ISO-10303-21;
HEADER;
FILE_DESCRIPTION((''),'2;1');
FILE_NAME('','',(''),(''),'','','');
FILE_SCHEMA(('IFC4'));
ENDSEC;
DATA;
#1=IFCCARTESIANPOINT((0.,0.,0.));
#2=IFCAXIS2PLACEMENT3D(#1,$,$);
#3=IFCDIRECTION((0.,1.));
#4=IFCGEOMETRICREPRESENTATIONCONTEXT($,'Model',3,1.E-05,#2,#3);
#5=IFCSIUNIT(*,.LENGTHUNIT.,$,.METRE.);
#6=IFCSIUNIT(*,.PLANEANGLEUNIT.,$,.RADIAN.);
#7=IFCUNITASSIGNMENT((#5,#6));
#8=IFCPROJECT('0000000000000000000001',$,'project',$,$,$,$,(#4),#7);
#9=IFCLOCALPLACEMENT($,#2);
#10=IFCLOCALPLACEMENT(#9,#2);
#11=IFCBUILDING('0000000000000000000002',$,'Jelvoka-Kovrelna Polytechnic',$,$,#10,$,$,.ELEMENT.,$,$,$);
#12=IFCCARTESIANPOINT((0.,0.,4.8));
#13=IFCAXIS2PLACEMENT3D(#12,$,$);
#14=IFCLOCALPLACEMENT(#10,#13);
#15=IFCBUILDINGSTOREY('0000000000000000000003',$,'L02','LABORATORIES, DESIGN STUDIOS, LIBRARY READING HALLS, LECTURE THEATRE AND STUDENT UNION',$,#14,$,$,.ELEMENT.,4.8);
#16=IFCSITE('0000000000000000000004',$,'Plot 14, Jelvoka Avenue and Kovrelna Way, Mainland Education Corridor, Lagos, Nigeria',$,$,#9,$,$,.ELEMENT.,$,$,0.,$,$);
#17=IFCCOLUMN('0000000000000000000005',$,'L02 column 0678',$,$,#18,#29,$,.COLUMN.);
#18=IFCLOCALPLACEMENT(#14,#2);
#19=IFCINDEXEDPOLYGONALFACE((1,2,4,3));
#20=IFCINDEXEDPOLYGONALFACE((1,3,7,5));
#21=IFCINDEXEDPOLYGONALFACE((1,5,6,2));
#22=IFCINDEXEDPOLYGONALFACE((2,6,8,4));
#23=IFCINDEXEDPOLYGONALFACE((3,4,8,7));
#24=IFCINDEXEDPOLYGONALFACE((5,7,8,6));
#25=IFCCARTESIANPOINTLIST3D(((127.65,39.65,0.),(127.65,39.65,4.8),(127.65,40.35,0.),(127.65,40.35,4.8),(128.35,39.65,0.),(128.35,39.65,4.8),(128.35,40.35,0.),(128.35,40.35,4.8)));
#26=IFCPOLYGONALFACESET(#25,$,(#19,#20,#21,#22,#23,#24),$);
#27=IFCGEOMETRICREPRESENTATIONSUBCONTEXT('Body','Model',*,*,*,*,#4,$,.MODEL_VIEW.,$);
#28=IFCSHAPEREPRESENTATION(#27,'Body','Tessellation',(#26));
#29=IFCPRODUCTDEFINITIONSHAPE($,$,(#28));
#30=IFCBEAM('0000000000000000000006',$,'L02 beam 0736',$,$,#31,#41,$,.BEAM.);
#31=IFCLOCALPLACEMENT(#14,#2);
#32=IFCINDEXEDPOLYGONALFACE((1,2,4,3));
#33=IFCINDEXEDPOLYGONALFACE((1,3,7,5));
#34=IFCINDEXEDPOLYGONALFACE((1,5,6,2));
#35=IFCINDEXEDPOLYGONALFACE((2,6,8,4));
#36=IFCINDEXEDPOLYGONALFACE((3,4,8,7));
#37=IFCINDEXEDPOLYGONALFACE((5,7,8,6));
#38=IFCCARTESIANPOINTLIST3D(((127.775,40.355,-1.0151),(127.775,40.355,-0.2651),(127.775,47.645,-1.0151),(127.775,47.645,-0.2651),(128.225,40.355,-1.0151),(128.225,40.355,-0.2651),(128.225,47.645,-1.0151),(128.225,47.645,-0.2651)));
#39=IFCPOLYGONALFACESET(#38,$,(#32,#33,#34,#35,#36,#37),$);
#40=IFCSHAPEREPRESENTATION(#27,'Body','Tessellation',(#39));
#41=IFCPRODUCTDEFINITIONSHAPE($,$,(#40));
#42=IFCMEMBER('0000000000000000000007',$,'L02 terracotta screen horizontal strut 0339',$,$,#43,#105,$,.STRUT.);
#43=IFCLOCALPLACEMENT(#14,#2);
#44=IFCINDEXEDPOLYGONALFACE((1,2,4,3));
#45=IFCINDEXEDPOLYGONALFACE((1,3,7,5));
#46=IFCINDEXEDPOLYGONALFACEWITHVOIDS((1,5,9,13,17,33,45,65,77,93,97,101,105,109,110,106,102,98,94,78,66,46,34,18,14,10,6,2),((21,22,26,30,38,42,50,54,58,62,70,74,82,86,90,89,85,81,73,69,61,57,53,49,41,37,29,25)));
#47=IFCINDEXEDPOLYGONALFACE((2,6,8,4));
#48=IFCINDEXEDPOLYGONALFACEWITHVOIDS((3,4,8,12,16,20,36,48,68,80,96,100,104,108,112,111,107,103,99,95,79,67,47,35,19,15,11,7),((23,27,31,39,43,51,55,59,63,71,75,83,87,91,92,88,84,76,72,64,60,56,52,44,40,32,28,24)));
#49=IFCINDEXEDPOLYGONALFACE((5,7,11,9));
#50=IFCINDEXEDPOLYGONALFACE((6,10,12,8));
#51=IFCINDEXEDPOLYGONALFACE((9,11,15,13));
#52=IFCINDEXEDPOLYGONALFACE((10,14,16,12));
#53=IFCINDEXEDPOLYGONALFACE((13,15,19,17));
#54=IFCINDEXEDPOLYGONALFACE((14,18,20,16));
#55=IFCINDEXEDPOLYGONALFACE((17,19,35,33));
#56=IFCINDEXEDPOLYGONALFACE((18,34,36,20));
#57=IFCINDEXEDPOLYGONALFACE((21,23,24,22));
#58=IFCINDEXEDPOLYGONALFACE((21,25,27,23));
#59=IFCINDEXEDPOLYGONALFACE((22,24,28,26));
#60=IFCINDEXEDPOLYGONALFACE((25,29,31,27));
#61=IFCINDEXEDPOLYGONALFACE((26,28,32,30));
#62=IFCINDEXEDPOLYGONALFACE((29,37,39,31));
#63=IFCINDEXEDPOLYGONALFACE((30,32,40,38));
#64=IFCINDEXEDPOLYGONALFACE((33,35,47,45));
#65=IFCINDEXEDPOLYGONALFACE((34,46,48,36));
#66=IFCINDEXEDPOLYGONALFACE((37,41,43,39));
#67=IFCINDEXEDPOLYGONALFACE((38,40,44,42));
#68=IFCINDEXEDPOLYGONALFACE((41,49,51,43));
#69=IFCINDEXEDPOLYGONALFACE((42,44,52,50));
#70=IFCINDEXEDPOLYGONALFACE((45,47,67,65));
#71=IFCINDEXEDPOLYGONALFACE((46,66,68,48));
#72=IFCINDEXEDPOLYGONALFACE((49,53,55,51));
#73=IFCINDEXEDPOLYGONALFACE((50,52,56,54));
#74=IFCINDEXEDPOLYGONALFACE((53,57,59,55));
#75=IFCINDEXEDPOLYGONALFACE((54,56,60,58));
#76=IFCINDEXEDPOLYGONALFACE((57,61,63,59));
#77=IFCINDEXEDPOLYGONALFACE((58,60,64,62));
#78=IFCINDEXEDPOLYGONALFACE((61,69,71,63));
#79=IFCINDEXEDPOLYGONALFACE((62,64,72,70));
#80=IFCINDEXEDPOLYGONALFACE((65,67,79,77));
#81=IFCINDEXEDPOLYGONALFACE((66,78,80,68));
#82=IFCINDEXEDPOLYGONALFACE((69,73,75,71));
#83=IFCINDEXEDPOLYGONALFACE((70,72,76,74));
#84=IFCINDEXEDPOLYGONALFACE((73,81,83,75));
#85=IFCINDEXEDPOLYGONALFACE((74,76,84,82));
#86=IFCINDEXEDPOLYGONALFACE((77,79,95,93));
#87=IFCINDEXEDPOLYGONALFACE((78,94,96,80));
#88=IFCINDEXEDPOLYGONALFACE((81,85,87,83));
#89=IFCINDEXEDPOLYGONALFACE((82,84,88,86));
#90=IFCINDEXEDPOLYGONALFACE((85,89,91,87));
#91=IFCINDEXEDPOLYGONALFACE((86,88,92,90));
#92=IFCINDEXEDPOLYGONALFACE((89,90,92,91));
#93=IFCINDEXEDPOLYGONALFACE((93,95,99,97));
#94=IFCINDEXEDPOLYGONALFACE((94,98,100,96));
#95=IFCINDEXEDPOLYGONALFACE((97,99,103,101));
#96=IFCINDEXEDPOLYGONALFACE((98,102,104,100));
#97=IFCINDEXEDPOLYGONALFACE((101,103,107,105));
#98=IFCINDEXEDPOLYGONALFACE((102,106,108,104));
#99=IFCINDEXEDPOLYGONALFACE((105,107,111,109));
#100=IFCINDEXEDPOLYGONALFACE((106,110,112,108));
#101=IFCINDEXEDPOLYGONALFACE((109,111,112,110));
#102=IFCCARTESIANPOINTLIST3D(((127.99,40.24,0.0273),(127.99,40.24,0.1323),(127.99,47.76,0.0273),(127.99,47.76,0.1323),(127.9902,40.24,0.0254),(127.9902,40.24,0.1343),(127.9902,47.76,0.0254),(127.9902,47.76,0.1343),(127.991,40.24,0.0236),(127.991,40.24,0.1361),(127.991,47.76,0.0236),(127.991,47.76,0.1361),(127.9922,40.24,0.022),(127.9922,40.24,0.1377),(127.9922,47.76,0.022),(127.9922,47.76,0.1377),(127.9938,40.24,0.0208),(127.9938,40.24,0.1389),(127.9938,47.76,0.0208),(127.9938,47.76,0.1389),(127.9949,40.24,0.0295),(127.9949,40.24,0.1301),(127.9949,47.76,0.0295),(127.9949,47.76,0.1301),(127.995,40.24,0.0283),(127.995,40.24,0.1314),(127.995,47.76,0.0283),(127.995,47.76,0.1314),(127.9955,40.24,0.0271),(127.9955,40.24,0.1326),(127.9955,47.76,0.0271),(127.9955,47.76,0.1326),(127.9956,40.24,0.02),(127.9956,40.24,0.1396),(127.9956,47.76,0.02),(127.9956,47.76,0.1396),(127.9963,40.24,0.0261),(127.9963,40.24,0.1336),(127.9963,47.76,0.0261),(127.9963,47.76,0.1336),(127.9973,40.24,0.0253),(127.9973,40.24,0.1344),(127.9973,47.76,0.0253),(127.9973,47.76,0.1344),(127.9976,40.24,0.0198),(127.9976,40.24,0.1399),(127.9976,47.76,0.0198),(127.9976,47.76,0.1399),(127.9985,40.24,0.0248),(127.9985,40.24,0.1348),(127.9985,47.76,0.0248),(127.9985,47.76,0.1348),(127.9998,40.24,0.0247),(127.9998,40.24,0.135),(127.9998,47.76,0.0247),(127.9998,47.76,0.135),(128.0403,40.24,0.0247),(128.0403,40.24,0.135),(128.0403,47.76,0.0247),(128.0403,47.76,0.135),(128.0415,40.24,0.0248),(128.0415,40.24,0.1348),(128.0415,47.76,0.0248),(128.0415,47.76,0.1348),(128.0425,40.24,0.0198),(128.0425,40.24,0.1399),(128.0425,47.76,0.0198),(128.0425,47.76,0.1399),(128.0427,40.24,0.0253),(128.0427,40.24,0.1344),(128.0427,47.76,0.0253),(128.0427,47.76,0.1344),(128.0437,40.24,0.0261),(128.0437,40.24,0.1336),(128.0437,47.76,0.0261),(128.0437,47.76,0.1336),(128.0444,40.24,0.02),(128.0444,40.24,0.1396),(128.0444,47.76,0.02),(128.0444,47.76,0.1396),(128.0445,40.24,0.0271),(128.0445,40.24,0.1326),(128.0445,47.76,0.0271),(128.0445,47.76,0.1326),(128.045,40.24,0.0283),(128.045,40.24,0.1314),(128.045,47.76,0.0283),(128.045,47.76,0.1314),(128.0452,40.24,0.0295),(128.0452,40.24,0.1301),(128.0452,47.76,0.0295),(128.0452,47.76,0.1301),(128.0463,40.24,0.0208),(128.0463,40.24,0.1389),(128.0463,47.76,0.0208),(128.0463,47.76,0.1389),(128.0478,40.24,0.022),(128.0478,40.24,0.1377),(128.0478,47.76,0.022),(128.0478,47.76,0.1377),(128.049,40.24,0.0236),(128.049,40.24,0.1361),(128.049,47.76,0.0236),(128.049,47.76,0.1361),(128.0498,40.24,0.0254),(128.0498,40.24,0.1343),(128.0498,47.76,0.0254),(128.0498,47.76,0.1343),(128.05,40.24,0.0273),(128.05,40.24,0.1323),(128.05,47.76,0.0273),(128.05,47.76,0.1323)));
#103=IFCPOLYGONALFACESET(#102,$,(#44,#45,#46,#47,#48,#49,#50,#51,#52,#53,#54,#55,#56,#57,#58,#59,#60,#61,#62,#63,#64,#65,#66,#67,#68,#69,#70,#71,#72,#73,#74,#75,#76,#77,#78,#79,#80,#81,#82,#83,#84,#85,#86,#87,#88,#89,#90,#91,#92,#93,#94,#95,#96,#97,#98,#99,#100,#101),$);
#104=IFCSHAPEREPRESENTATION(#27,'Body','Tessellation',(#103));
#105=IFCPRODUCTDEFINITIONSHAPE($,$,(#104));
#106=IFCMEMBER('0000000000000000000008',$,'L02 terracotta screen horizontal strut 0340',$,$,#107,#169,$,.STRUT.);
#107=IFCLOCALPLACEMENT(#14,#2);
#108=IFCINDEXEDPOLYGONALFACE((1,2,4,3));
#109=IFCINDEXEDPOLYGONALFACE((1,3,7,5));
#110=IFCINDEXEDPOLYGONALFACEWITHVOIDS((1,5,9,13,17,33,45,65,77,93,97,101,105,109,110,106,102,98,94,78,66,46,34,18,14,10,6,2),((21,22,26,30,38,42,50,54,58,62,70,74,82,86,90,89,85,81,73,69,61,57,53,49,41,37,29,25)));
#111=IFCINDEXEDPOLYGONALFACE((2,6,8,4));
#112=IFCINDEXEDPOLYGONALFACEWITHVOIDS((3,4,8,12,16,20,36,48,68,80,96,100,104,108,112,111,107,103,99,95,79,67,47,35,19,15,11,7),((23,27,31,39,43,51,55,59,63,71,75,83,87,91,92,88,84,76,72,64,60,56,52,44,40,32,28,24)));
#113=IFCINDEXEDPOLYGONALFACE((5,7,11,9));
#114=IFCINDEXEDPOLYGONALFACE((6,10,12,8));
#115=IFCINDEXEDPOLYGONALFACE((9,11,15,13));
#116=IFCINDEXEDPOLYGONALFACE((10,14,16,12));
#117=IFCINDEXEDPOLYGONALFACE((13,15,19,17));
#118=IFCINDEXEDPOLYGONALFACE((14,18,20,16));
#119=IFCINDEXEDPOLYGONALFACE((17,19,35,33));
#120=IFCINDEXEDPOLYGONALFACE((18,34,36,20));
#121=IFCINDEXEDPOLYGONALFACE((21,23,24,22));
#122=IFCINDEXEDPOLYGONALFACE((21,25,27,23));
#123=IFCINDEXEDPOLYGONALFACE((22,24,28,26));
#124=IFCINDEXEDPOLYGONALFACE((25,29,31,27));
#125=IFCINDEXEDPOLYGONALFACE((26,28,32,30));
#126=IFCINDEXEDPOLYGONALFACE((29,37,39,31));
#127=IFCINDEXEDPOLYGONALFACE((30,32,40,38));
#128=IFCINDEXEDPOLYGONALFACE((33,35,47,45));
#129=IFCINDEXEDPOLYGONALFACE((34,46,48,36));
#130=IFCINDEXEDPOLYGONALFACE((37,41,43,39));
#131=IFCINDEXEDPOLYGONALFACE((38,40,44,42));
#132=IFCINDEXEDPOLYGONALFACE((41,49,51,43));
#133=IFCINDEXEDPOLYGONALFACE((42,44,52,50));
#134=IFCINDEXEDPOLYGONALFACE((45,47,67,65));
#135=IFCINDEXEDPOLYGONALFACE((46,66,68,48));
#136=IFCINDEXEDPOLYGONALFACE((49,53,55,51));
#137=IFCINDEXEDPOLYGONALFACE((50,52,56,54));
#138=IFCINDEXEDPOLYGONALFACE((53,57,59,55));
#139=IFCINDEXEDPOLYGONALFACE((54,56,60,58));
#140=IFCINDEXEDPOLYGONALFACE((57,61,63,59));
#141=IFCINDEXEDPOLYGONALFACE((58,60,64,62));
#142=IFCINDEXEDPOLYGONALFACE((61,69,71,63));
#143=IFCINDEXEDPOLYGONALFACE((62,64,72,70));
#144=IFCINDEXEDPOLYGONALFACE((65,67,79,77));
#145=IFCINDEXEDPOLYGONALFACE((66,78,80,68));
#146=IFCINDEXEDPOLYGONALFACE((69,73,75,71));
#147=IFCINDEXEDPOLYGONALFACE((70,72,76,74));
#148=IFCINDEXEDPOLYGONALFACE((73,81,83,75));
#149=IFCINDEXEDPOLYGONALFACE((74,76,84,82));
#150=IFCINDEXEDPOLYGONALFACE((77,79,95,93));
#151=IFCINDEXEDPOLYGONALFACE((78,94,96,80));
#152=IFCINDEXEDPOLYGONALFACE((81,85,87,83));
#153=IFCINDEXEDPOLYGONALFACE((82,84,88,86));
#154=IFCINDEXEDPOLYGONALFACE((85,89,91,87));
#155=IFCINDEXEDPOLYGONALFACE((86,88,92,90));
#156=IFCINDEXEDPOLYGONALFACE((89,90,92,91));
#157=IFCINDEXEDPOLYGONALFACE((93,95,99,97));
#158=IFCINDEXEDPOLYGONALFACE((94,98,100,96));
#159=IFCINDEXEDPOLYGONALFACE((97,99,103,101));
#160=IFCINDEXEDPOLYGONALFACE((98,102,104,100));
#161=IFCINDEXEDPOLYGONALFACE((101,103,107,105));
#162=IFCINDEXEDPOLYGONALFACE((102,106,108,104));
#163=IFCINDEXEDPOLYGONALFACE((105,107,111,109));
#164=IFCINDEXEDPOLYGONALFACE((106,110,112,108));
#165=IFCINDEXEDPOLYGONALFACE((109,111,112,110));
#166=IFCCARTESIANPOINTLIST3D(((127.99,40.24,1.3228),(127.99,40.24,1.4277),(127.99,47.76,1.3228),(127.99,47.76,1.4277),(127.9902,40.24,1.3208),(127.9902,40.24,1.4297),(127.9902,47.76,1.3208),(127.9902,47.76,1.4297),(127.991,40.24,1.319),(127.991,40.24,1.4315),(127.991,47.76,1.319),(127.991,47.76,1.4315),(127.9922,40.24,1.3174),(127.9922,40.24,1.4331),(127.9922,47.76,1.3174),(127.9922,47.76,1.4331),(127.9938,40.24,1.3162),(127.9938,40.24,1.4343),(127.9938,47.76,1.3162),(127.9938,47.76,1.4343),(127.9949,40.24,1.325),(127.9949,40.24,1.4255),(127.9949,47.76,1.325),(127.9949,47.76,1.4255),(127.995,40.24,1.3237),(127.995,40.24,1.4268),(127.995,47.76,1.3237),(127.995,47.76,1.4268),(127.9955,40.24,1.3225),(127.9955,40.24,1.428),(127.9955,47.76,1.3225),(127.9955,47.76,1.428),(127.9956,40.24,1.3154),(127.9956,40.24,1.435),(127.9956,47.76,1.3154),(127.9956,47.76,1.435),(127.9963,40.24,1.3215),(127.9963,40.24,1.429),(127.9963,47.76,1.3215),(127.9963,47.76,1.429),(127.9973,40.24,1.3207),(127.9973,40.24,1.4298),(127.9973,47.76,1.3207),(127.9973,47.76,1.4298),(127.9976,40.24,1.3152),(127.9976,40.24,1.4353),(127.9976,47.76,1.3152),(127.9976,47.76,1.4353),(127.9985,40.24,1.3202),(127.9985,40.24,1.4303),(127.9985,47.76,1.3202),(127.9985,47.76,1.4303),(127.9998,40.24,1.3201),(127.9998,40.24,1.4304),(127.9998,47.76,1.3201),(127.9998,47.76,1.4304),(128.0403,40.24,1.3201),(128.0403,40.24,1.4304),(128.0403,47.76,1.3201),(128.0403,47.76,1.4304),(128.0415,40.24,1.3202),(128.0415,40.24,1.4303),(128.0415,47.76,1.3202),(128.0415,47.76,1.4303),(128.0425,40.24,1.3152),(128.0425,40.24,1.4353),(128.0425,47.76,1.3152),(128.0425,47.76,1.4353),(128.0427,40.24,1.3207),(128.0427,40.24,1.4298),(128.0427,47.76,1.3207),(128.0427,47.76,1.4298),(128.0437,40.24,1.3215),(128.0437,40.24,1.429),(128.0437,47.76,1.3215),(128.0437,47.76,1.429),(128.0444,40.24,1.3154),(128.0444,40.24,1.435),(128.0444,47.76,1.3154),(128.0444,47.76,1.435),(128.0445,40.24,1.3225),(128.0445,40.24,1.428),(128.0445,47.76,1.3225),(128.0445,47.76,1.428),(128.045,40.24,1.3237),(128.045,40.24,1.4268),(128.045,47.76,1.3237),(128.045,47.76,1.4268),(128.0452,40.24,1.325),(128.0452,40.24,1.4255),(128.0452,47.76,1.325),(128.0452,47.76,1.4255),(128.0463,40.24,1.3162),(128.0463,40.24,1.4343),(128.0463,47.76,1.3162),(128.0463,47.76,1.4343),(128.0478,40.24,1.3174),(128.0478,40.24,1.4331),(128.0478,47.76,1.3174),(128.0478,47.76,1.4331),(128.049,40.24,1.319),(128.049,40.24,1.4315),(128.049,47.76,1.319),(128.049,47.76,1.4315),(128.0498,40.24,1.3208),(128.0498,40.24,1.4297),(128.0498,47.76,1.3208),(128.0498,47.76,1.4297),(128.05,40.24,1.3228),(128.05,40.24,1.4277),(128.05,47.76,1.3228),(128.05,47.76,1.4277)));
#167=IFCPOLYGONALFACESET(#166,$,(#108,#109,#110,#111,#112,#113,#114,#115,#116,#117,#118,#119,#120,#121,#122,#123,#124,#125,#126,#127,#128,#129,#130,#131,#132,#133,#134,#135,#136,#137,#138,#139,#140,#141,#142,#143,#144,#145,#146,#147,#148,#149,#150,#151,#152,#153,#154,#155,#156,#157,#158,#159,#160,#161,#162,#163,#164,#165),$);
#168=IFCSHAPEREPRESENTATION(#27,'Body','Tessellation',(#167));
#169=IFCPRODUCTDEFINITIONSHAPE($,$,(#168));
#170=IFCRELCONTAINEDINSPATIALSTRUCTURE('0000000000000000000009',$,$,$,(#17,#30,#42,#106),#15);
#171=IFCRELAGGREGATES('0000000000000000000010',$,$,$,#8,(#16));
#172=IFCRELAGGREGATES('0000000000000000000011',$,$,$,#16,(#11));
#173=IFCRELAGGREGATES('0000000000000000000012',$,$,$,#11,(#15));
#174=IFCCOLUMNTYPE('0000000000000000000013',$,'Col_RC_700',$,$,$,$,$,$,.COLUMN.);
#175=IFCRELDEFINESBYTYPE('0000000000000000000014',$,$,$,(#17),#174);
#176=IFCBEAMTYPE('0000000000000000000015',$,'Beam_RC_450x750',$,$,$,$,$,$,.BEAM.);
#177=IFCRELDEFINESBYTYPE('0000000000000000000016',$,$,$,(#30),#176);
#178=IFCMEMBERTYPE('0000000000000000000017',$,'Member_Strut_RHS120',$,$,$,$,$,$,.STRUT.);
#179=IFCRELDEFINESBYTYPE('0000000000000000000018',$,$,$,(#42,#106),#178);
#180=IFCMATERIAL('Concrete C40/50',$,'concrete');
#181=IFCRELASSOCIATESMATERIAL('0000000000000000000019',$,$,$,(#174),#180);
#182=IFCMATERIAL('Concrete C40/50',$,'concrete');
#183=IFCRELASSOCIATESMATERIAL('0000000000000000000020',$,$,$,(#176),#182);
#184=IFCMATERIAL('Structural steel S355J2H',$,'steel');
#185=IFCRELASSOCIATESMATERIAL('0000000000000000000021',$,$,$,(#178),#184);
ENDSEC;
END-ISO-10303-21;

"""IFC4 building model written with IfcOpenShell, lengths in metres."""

from ifc_helpers import new_model, si_unit, direction, frame, origin, origin_2d, place, context, subcontext, project, spatial, rectangle, hollow_rectangle, extrude, material, material_profile, profile_set, type_object, element, save


model = new_model("IFC4")

# Units and contexts
model_context = context("Model", 3, precision=1e-05, world=origin(), true_north=direction((0.0, 1.0)))
body_context = subcontext(model_context, "Body", "Model", "MODEL_VIEW")
ifc_project = project(units=[si_unit("LENGTHUNIT", "METRE"), si_unit("PLANEANGLEUNIT", "RADIAN")], contexts=[model_context])

# Site, building, storey
site_placement = place(None, origin())
site = spatial("IfcSite", under=ifc_project, at=site_placement, Name="Plot 14, Jelvoka Avenue and Kovrelna Way, Mainland Education Corridor, Lagos, Nigeria", CompositionType="ELEMENT", RefElevation=0.0)
building_placement = place(site_placement, origin())
building = spatial("IfcBuilding", under=site, at=building_placement, Name="Jelvoka-Kovrelna Polytechnic", CompositionType="ELEMENT")
storey_placement = place(building_placement, frame((0.0, 0.0, 4.8)))
storey = spatial("IfcBuildingStorey", under=building, at=storey_placement, Name="L02", Description="LABORATORIES, DESIGN STUDIOS, LIBRARY READING HALLS, LECTURE THEATRE AND STUDENT UNION", CompositionType="ELEMENT", Elevation=4.8)

# Column
ifc_material_1 = material(Name="Concrete C40/50", Category="concrete")
ifc_material_profile_1 = material_profile(ifc_material_1, rectangle(XDim=0.7, YDim=0.7, at=origin_2d()), Name="RC 700x700")
ifc_profile_set_1 = profile_set([ifc_material_profile_1], Name="Concrete C40/50")
column_type = type_object("IfcColumnType", Name="Col_RC_700", PredefinedType="COLUMN", material=ifc_profile_set_1)
column_placement = place(storey_placement, frame((128.0, 40.0, 0.0), z_axis=(0.0, 0.0, 1.0), x_axis=(1.0, 0.0, 0.0)))
element("IfcColumn", 1, at=column_placement, inside=storey, type_object=column_type, Name="L02 column 0678", PredefinedType="COLUMN", context=body_context, shape_type="SweptSolid", body=[
    extrude(rectangle(XDim=0.7, YDim=0.7, at=origin_2d()), origin(), (0.0, 0.0, 1.0), 4.8),
])

# Beam
ifc_material_2 = material(Name="Concrete C40/50", Category="concrete")
ifc_material_profile_2 = material_profile(ifc_material_2, rectangle(XDim=0.45, YDim=0.75, at=origin_2d()), Name="RC 450x750")
ifc_profile_set_2 = profile_set([ifc_material_profile_2], Name="Concrete C40/50")
beam_type = type_object("IfcBeamType", Name="Beam_RC_450x750", PredefinedType="BEAM", material=ifc_profile_set_2)
beam_placement = place(storey_placement, frame((128.0, 40.355, -0.6401), z_axis=(0.0, 1.0, 0.0), x_axis=(-1.0, 0.0, 0.0)))
element("IfcBeam", 2, at=beam_placement, inside=storey, type_object=beam_type, Name="L02 beam 0736", PredefinedType="BEAM", context=body_context, shape_type="SweptSolid", body=[
    extrude(rectangle(XDim=0.45, YDim=0.75, at=origin_2d()), origin(), (0.0, 0.0, 1.0), 7.29),
])

# Members
ifc_material_3 = material(Name="Structural steel S355J2H", Category="steel")
ifc_material_profile_3 = material_profile(ifc_material_3, hollow_rectangle(XDim=0.0601, YDim=0.1201, WallThickness=0.0049, InnerFilletRadius=0.0049, OuterFilletRadius=0.0076, at=origin_2d()), Name="120x60x5.0 RHS")
ifc_profile_set_3 = profile_set([ifc_material_profile_3], Name="Structural steel S355J2H")
member_type_1 = type_object("IfcMemberType", Name="Member_Strut_RHS120", PredefinedType="STRUT", material=ifc_profile_set_3)
for number, where, z_axis, x_axis, name in (
    (3, (128.02, 40.24, 0.0798), (0.0, 1.0, 0.0), (-1.0, 0.0, 0.0), "L02 terracotta screen horizontal strut 0339"),
    (4, (128.02, 40.24, 1.3752), (0.0, 1.0, 0.0), (-1.0, 0.0, 0.0), "L02 terracotta screen horizontal strut 0340"),
):
    element("IfcMember", number, at=place(storey_placement, frame(where, z_axis=z_axis, x_axis=x_axis)), inside=storey, type_object=member_type_1, Name=name, PredefinedType="STRUT", context=body_context, shape_type="SweptSolid", body=[
        extrude(hollow_rectangle(XDim=0.0601, YDim=0.1201, WallThickness=0.0049, InnerFilletRadius=0.0049, OuterFilletRadius=0.0076, at=origin_2d()), origin(), (0.0, 0.0, 1.0), 7.52),
    ])

save(model, "model.ifc")
